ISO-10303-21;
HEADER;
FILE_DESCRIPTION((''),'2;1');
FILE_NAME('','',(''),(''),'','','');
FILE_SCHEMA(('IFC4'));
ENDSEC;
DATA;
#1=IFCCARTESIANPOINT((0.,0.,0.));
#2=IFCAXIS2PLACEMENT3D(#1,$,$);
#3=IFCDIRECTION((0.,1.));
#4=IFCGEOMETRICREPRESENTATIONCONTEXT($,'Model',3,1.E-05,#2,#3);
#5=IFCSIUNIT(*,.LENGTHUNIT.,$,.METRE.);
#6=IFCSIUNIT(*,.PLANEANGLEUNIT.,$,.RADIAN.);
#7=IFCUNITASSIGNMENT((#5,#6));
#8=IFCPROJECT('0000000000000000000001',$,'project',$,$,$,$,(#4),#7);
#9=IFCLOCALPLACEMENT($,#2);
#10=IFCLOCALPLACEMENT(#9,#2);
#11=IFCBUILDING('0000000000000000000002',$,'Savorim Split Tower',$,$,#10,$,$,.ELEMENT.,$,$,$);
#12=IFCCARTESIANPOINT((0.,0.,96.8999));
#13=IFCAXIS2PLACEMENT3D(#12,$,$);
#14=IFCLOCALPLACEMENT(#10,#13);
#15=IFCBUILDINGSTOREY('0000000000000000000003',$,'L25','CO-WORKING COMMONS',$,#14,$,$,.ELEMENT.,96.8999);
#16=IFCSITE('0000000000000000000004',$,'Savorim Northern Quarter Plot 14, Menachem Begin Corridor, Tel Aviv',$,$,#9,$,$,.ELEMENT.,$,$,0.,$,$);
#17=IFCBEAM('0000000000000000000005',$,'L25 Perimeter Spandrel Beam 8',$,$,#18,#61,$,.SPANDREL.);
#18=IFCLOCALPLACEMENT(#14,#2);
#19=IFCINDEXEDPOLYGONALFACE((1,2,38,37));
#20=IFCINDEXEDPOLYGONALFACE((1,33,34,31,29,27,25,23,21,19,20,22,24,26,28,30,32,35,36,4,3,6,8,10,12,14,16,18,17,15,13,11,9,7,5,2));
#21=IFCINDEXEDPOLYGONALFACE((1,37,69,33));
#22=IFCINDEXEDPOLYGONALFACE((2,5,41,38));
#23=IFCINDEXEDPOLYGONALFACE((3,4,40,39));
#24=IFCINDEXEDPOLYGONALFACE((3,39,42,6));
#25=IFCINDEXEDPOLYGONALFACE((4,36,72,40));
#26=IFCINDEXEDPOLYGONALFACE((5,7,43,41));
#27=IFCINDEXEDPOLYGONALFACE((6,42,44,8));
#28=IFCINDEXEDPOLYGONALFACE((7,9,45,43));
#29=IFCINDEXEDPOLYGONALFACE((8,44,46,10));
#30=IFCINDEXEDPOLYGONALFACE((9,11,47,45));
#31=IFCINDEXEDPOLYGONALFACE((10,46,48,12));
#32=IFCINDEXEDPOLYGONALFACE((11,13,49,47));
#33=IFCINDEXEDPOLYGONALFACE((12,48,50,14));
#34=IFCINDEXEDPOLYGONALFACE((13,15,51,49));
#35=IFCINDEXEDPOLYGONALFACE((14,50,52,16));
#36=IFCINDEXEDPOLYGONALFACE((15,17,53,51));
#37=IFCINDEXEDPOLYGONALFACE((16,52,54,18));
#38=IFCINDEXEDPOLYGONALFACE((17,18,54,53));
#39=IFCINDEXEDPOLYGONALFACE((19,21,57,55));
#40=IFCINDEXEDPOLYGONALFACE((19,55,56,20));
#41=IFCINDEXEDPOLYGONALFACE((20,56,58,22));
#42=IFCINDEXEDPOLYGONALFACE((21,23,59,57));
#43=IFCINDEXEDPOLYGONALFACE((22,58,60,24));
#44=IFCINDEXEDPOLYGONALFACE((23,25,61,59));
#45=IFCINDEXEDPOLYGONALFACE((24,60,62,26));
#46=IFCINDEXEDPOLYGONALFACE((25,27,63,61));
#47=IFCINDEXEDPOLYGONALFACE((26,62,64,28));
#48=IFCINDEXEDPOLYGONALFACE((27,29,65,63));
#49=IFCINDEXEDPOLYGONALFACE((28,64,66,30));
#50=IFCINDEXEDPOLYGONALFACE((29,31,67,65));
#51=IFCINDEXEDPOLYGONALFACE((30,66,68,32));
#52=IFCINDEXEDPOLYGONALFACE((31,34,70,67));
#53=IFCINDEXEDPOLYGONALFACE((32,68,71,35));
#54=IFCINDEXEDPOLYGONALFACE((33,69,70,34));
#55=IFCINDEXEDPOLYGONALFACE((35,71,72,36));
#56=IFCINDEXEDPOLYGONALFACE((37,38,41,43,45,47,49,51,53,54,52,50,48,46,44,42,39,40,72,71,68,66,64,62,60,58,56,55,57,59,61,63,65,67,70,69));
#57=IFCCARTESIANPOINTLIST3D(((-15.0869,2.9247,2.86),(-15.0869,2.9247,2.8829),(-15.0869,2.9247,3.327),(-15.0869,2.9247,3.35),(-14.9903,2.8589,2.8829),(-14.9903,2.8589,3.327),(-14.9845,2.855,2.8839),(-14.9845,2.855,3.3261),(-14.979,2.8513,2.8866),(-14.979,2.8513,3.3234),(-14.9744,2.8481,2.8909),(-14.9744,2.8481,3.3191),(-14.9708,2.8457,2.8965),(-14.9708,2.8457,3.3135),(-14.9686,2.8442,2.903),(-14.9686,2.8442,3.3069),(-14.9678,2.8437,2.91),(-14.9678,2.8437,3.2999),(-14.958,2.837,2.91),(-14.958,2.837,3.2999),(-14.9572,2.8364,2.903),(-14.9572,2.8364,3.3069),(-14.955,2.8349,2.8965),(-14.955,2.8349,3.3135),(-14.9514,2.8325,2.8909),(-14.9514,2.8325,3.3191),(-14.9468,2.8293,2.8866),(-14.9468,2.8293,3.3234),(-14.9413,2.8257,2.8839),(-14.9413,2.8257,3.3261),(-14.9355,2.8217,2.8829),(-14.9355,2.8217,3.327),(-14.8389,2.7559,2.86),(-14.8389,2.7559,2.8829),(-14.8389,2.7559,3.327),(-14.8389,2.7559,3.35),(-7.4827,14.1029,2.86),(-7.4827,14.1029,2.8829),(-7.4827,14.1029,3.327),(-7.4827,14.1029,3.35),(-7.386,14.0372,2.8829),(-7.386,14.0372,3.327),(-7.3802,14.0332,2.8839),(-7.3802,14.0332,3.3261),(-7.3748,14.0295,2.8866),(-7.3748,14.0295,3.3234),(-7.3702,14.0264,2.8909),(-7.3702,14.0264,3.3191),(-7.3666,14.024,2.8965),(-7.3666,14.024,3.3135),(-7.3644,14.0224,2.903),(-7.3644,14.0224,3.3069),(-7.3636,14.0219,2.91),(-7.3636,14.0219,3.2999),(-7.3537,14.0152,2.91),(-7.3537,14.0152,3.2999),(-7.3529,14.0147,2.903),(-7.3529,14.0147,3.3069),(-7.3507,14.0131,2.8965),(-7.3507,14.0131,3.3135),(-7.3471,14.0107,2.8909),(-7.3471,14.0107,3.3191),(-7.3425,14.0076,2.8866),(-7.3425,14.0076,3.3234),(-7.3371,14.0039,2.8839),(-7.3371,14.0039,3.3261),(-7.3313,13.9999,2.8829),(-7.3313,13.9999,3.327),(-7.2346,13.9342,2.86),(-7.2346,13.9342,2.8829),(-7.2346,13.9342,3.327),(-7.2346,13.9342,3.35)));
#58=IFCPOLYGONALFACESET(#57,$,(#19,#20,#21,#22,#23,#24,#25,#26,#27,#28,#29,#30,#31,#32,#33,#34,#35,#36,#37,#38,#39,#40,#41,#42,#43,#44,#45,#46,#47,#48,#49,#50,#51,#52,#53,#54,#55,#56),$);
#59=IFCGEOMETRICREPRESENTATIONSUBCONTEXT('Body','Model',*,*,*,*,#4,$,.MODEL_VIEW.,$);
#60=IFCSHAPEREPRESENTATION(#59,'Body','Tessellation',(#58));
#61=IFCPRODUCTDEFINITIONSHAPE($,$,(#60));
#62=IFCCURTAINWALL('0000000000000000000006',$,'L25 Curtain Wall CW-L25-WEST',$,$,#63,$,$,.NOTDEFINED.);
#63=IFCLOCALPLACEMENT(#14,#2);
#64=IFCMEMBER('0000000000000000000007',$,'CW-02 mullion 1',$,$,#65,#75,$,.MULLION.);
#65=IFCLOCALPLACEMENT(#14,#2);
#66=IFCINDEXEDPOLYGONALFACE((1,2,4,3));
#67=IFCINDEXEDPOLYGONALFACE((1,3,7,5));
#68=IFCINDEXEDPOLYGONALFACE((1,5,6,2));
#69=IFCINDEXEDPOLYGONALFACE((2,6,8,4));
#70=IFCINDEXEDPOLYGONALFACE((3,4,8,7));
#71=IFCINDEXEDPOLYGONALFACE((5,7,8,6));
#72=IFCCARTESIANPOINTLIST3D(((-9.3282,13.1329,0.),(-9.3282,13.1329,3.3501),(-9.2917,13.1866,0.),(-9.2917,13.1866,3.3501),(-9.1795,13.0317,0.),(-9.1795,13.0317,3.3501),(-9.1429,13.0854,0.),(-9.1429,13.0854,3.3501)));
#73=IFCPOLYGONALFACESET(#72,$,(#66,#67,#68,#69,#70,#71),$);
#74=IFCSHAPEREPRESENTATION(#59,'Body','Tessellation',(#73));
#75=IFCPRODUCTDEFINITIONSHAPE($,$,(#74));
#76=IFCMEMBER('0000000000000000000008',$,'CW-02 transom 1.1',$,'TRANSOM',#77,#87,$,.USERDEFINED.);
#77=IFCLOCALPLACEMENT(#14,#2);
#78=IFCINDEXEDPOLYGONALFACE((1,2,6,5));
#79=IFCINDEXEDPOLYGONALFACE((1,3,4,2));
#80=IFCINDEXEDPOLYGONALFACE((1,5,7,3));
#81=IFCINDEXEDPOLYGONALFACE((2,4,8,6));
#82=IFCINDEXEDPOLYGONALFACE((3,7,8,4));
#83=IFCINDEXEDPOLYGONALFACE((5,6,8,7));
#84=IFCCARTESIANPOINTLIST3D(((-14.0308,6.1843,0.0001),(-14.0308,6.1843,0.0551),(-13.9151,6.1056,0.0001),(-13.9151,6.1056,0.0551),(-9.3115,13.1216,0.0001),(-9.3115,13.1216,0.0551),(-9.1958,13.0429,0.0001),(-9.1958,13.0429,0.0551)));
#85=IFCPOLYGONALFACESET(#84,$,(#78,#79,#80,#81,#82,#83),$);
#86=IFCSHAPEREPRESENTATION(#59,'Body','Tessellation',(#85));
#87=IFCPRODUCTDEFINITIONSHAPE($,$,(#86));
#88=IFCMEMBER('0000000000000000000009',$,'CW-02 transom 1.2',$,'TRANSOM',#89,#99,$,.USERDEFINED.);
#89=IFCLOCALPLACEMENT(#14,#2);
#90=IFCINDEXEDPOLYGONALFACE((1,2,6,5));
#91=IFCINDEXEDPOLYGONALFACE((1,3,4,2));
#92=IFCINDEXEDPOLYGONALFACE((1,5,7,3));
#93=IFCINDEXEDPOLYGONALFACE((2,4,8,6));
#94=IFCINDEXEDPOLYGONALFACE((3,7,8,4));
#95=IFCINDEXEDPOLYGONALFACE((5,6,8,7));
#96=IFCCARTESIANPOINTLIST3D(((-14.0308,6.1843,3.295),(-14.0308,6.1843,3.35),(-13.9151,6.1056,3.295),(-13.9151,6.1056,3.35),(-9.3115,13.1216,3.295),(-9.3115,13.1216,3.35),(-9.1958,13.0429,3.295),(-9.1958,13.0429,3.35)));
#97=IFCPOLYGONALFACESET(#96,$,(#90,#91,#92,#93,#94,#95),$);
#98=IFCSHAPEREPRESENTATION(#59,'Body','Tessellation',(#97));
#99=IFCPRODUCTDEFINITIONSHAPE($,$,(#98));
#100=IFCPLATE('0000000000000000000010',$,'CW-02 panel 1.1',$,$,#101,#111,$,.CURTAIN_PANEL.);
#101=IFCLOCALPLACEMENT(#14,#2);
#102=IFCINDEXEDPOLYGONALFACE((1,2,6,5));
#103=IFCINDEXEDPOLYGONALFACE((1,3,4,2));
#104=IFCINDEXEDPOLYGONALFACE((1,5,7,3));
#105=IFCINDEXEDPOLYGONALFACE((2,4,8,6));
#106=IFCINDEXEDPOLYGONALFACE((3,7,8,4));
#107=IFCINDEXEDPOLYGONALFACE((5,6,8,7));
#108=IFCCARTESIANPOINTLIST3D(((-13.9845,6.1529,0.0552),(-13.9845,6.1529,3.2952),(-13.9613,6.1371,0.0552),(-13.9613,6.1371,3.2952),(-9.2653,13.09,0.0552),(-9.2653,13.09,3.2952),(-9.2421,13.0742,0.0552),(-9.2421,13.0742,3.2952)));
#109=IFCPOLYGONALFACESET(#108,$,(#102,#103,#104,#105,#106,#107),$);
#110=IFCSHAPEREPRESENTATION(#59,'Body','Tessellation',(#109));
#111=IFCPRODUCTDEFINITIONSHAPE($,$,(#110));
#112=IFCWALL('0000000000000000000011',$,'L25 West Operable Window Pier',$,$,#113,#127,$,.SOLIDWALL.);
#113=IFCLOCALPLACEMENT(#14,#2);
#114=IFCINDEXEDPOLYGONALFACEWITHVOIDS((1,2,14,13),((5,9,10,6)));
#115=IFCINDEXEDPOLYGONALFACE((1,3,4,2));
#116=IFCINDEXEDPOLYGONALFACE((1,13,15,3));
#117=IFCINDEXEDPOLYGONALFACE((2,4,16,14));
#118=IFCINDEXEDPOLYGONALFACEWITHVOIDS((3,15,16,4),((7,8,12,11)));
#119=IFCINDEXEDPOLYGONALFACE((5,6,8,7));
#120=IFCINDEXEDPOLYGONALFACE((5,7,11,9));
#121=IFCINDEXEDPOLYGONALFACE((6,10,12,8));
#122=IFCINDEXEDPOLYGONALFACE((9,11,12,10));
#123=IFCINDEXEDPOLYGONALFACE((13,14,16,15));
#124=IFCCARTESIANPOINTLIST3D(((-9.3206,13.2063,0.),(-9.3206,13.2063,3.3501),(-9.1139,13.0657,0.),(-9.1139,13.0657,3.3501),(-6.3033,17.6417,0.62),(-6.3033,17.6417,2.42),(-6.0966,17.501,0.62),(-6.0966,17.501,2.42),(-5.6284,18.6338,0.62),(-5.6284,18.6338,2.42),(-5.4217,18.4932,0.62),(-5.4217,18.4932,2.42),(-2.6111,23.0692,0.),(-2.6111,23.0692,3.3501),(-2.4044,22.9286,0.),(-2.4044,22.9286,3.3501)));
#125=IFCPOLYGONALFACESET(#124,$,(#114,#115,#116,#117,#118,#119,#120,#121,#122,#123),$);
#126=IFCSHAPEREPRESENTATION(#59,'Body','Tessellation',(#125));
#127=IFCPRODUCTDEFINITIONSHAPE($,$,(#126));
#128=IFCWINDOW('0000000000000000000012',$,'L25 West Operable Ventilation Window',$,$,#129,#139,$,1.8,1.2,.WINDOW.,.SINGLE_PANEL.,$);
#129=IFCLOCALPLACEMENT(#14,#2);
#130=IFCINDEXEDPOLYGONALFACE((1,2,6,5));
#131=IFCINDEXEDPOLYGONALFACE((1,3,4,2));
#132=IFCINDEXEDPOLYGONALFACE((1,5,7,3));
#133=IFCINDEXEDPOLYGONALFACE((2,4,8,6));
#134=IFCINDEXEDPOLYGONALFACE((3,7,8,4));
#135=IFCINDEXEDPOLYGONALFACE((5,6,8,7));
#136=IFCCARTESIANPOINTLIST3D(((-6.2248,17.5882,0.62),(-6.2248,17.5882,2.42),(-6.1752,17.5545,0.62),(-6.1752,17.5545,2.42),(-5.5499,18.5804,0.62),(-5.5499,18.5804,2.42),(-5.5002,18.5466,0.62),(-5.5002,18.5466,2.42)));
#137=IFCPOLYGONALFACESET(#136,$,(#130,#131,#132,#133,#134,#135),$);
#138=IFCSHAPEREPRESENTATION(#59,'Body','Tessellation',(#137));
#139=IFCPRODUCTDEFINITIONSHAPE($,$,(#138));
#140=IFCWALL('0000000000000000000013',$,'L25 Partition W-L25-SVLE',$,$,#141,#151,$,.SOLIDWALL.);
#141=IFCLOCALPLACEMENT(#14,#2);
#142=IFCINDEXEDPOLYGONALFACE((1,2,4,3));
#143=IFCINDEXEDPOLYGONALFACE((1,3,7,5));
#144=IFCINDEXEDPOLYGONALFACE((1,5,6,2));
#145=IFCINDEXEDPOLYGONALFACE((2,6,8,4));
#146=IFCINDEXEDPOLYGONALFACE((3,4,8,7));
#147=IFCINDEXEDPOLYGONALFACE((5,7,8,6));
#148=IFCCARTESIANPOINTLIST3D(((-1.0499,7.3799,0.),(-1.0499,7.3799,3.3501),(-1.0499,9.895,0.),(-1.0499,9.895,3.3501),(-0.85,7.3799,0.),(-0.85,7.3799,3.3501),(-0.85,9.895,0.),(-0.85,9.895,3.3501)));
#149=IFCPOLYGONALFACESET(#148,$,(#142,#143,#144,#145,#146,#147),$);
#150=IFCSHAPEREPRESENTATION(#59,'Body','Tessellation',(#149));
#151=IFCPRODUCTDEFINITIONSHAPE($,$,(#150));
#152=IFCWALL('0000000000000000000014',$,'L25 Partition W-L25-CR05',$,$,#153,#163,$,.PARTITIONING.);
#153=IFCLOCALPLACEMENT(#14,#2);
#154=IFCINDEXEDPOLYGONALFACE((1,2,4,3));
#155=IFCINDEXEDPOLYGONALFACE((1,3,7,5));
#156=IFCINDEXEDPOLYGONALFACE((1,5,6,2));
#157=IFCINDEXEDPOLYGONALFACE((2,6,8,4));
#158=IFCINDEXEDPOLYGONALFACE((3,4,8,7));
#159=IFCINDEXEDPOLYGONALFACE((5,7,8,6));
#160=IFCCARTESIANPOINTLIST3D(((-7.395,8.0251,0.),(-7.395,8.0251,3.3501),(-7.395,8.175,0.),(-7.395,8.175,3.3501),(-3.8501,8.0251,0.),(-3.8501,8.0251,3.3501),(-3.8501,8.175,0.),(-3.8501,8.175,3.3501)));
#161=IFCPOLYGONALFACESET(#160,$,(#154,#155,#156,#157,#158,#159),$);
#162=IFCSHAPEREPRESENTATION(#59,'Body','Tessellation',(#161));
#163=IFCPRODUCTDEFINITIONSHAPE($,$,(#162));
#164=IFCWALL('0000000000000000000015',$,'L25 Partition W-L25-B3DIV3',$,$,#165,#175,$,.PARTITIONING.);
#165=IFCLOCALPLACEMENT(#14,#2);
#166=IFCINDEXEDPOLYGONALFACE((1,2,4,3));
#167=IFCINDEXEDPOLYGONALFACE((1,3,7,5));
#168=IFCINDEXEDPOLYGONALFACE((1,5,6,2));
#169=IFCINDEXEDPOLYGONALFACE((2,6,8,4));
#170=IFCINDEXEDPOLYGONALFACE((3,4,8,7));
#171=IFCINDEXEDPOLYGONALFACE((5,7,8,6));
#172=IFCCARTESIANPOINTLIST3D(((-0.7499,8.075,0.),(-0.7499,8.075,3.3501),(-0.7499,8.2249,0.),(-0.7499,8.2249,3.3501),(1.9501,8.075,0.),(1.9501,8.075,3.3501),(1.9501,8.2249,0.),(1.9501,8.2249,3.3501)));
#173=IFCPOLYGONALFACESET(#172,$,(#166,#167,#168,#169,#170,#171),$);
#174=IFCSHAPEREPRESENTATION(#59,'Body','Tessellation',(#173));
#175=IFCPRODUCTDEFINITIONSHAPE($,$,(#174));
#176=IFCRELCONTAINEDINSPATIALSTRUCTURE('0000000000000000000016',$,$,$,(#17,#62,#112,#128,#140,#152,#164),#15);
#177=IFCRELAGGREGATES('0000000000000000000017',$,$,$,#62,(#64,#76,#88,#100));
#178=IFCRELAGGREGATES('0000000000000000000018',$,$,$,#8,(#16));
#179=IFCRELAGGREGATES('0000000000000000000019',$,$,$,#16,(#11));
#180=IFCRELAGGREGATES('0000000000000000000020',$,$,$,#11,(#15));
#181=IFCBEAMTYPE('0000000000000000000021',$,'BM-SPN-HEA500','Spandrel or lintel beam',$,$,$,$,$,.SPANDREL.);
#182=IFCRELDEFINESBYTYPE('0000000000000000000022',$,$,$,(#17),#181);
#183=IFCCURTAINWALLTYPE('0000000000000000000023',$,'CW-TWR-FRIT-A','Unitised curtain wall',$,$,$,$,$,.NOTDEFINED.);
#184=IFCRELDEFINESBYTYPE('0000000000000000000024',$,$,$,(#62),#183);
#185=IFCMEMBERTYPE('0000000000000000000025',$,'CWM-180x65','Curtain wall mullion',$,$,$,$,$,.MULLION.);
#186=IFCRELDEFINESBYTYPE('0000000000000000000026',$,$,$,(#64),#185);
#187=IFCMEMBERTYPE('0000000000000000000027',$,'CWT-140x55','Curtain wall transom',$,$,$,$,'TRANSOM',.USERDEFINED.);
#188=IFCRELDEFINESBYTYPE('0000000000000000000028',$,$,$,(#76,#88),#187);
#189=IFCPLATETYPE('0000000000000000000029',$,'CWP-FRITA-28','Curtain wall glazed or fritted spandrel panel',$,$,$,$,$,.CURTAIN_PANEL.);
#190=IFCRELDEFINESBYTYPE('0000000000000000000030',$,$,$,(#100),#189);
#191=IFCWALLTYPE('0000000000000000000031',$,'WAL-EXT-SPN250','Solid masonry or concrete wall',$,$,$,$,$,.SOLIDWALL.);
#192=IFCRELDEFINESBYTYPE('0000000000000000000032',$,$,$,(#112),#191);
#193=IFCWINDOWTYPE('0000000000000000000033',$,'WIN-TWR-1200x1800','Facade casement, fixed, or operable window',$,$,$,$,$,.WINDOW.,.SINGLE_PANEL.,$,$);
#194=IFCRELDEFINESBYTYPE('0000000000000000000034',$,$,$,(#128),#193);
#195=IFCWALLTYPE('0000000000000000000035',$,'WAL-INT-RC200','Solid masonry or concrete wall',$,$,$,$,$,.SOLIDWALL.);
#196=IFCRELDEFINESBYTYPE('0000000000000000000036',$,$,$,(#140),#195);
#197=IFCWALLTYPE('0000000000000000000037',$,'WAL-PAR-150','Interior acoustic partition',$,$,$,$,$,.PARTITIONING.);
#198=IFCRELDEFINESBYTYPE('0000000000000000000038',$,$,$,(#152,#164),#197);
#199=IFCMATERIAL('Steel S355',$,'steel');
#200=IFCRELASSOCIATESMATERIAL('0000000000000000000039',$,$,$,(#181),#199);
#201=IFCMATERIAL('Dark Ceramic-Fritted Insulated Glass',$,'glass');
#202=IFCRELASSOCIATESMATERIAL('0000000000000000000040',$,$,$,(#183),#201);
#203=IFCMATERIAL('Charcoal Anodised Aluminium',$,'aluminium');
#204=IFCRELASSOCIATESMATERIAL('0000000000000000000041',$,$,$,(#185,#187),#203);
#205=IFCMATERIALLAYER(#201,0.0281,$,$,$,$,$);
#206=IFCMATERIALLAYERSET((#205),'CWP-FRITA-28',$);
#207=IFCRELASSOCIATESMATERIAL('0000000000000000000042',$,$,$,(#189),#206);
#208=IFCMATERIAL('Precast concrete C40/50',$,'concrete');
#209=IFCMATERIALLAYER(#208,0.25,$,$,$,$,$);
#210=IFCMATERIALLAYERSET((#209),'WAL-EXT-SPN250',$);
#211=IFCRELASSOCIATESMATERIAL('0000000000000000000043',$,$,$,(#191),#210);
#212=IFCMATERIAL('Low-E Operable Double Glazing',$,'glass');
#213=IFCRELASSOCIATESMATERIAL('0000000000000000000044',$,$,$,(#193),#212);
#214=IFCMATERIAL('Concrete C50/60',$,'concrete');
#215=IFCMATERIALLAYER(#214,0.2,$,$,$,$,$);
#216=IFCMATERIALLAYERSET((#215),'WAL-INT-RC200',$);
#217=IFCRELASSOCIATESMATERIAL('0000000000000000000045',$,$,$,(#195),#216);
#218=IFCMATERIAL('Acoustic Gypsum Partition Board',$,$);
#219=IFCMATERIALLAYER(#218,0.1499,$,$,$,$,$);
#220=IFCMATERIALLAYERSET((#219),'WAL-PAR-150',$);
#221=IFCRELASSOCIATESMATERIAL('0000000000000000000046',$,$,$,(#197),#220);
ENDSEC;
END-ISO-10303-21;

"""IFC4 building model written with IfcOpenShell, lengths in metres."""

from ifc_helpers import new_model, si_unit, direction, frame, frame_2d, origin, origin_2d, place, context, subcontext, project, spatial, rectangle, i_section, extrude, material, layer, layer_set, material_profile, profile_set, type_object, element, fill, aggregate, save


model = new_model("IFC4")

# Units and contexts
model_context = context("Model", 3, precision=1e-05, world=origin(), true_north=direction((0.0, 1.0)))
body_context = subcontext(model_context, "Body", "Model", "MODEL_VIEW")
ifc_project = project(units=[si_unit("LENGTHUNIT", "METRE"), si_unit("PLANEANGLEUNIT", "RADIAN")], contexts=[model_context])

# Site, building, storey
site_placement = place(None, origin())
site = spatial("IfcSite", under=ifc_project, at=site_placement, Name="Savorim Northern Quarter Plot 14, Menachem Begin Corridor, Tel Aviv", CompositionType="ELEMENT", RefElevation=0.0)
building_placement = place(site_placement, origin())
building = spatial("IfcBuilding", under=site, at=building_placement, Name="Savorim Split Tower", CompositionType="ELEMENT")
storey_placement = place(building_placement, frame((0.0, 0.0, 96.8999)))
storey = spatial("IfcBuildingStorey", under=building, at=storey_placement, Name="L25", Description="CO-WORKING COMMONS", CompositionType="ELEMENT", Elevation=96.8999)

# Beam
ifc_material_1 = material(Name="Steel S355", Category="steel")
ifc_material_profile_1 = material_profile(ifc_material_1, i_section(OverallWidth=0.3, OverallDepth=0.49, WebThickness=0.012, FlangeThickness=0.0229, FilletRadius=0.0271, at=origin_2d()), Name="HEA 500")
ifc_profile_set_1 = profile_set([ifc_material_profile_1], Name="Steel S355")
beam_type_1 = type_object("IfcBeamType", Name="BM-SPN-HEA500", Description="Spandrel or lintel beam", PredefinedType="SPANDREL", material=ifc_profile_set_1)
beam_1_placement = place(storey_placement, frame((-7.3586, 14.0186, 3.105), z_axis=(-0.562465, -0.826821, 0.0), x_axis=(0.826821, -0.562465, 0.0)))
element("IfcBeam", 1, at=beam_1_placement, inside=storey, type_object=beam_type_1, Name="L25 Perimeter Spandrel Beam 8", PredefinedType="SPANDREL", context=body_context, shape_type="SweptSolid", body=[
    extrude(i_section(OverallWidth=0.3, OverallDepth=0.49, WebThickness=0.012, FlangeThickness=0.0229, FilletRadius=0.0271, at=origin_2d()), origin(), (0.0, 0.0, 1.0), 13.5195),
])

# Curtain wall, members, plate
ifc_material_2 = material(Name="Dark Ceramic-Fritted Insulated Glass", Category="glass")
curtain_wall_type = type_object("IfcCurtainWallType", Name="CW-TWR-FRIT-A", Description="Unitised curtain wall", PredefinedType="NOTDEFINED", material=ifc_material_2)
curtain_wall_placement = place(storey_placement, origin())
curtain_wall = element("IfcCurtainWall", 2, at=curtain_wall_placement, inside=storey, type_object=curtain_wall_type, Name="L25 Curtain Wall CW-L25-WEST", PredefinedType="NOTDEFINED")
ifc_material_3 = material(Name="Charcoal Anodised Aluminium", Category="aluminium")
ifc_material_profile_2 = material_profile(ifc_material_3, rectangle(XDim=0.1799, YDim=0.0649, at=origin_2d()), Name="ALU-M 180x65")
ifc_profile_set_2 = profile_set([ifc_material_profile_2], Name="Charcoal Anodised Aluminium")
member_type_1 = type_object("IfcMemberType", Name="CWM-180x65", Description="Curtain wall mullion", PredefinedType="MULLION", material=ifc_profile_set_2)
member_1_placement = place(storey_placement, frame((-9.2356, 13.1091, 0.0), z_axis=(0.0, 0.0, 1.0), x_axis=(0.826819, -0.562468, 0.0)))
member_1 = element("IfcMember", 3, at=member_1_placement, type_object=member_type_1, Name="CW-02 mullion 1", PredefinedType="MULLION", context=body_context, shape_type="SweptSolid", body=[
    extrude(rectangle(XDim=0.1799, YDim=0.0649, at=origin_2d()), origin(), (0.0, 0.0, 1.0), 3.3501),
])
ifc_material_profile_3 = material_profile(ifc_material_3, rectangle(XDim=0.1399, YDim=0.0549, at=origin_2d()), Name="ALU-T 140x55")
ifc_profile_set_3 = profile_set([ifc_material_profile_3], Name="Charcoal Anodised Aluminium")
member_type_2 = type_object("IfcMemberType", Name="CWT-140x55", Description="Curtain wall transom", ElementType="TRANSOM", PredefinedType="USERDEFINED", material=ifc_profile_set_3)
member_2_placement = place(storey_placement, frame((-9.2537, 13.0823, 0.0276), z_axis=(-0.562465, -0.826821, 0.0), x_axis=(0.826821, -0.562465, 0.0)))
member_2 = element("IfcMember", 4, at=member_2_placement, type_object=member_type_2, Name="CW-02 transom 1.1", ObjectType="TRANSOM", PredefinedType="USERDEFINED", context=body_context, shape_type="SweptSolid", body=[
    extrude(rectangle(XDim=0.1399, YDim=0.0549, at=origin_2d()), origin(), (0.0, 0.0, 1.0), 8.3904),
])
member_3_placement = place(storey_placement, frame((-9.2537, 13.0823, 3.3225), z_axis=(-0.562465, -0.826821, 0.0), x_axis=(0.826821, -0.562465, 0.0)))
member_3 = element("IfcMember", 5, at=member_3_placement, type_object=member_type_2, Name="CW-02 transom 1.2", ObjectType="TRANSOM", PredefinedType="USERDEFINED", context=body_context, shape_type="SweptSolid", body=[
    extrude(rectangle(XDim=0.1399, YDim=0.0549, at=origin_2d()), origin(), (0.0, 0.0, 1.0), 8.3904),
])
ifc_layer_1 = layer(ifc_material_2, 0.0281)
ifc_layer_set_1 = layer_set([ifc_layer_1], Name="CWP-FRITA-28")
plate_type = type_object("IfcPlateType", Name="CWP-FRITA-28", Description="Curtain wall glazed or fritted spandrel panel", PredefinedType="CURTAIN_PANEL", material=ifc_layer_set_1)
plate_placement = place(storey_placement, frame((-11.6133, 9.6135, 0.0552), z_axis=(0.0, 0.0, 1.0), x_axis=(-0.562468, -0.826819, 0.0)))
plate = element("IfcPlate", 6, at=plate_placement, type_object=plate_type, Name="CW-02 panel 1.1", PredefinedType="CURTAIN_PANEL", context=body_context, shape_type="SweptSolid", body=[
    extrude(rectangle(XDim=8.3901, YDim=0.0281, at=origin_2d()), origin(), (0.0, 0.0, 1.0), 3.24),
])
aggregate(curtain_wall, [member_1, member_2, member_3, plate])

# Shared definitions
ifc_material_4 = material(Name="Precast concrete C40/50", Category="concrete")

# Wall, opening, window
ifc_layer_2 = layer(ifc_material_4, 0.25)
ifc_layer_set_2 = layer_set([ifc_layer_2], Name="WAL-EXT-SPN250")
wall_type_1 = type_object("IfcWallType", Name="WAL-EXT-SPN250", Description="Solid masonry or concrete wall", PredefinedType="SOLIDWALL", material=ifc_layer_set_2)
wall_1_placement = place(storey_placement, frame((-9.2173, 13.136, 0.0), z_axis=(0.0, 0.0, 1.0), x_axis=(0.562469, 0.826818, 0.0)))
wall_1 = element("IfcWall", 7, at=wall_1_placement, inside=storey, type_object=wall_type_1, Name="L25 West Operable Window Pier", PredefinedType="SOLIDWALL", context=body_context, shape_type="SweptSolid", body=[
    extrude(rectangle(XDim=11.9287, YDim=0.25, at=frame_2d((5.9644, 0.0))), origin(), (0.0, 0.0, 1.0), 3.3501),
])
opening_1_placement = place(wall_1_placement, frame((5.3643, 0.0, 0.6201)))
opening_1 = element("IfcOpeningElement", 8, at=opening_1_placement, cuts=wall_1, PredefinedType="OPENING", context=body_context, shape_type="SweptSolid", body=[
    extrude(rectangle(XDim=1.2, YDim=1.8, at=frame_2d((0.6001, 0.8999))), frame((0.0, 0.135, 0.0), z_axis=(0.0, -1.0, 0.0), x_axis=(1.0, 0.0, 0.0)), (0.0, 0.0, 1.0), 0.27),
])
ifc_material_5 = material(Name="Low-E Operable Double Glazing", Category="glass")
window_type = type_object("IfcWindowType", Name="WIN-TWR-1200x1800", Description="Facade casement, fixed, or operable window", PartitioningType="SINGLE_PANEL", PredefinedType="WINDOW", material=ifc_material_5)
window_placement = place(opening_1_placement, origin())
window = element("IfcWindow", 9, at=window_placement, inside=storey, type_object=window_type, Name="L25 West Operable Ventilation Window", OverallHeight=1.8, OverallWidth=1.2, PartitioningType="SINGLE_PANEL", PredefinedType="WINDOW", context=body_context, shape_type="SweptSolid", body=[
    extrude(rectangle(XDim=1.2, YDim=1.8, at=frame_2d((0.6001, 0.8999))), frame((0.0, 0.03, 0.0), z_axis=(0.0, -1.0, 0.0), x_axis=(1.0, 0.0, 0.0)), (0.0, 0.0, 1.0), 0.0601),
])
fill(opening_1, window)

# Walls
ifc_material_6 = material(Name="Concrete C50/60", Category="concrete")
ifc_layer_3 = layer(ifc_material_6, 0.2)
ifc_layer_set_3 = layer_set([ifc_layer_3], Name="WAL-INT-RC200")
wall_type_2 = type_object("IfcWallType", Name="WAL-INT-RC200", Description="Solid masonry or concrete wall", PredefinedType="SOLIDWALL", material=ifc_layer_set_3)
wall_2_placement = place(storey_placement, frame((-0.95, 7.3799, 0.0), z_axis=(0.0, 0.0, 1.0), x_axis=(0.0, 1.0, 0.0)))
element("IfcWall", 10, at=wall_2_placement, inside=storey, type_object=wall_type_2, Name="L25 Partition W-L25-SVLE", PredefinedType="SOLIDWALL", context=body_context, shape_type="SweptSolid", body=[
    extrude(rectangle(XDim=2.5151, YDim=0.2, at=frame_2d((1.2576, 0.0))), origin(), (0.0, 0.0, 1.0), 3.3501),
])
ifc_material_7 = material(Name="Acoustic Gypsum Partition Board")
ifc_layer_4 = layer(ifc_material_7, 0.1499)
ifc_layer_set_4 = layer_set([ifc_layer_4], Name="WAL-PAR-150")
wall_type_3 = type_object("IfcWallType", Name="WAL-PAR-150", Description="Interior acoustic partition", PredefinedType="PARTITIONING", material=ifc_layer_set_4)
wall_3_placement = place(storey_placement, frame((-7.395, 8.1001, 0.0), z_axis=(0.0, 0.0, 1.0), x_axis=(1.0, 0.0, 0.0)))
element("IfcWall", 11, at=wall_3_placement, inside=storey, type_object=wall_type_3, Name="L25 Partition W-L25-CR05", PredefinedType="PARTITIONING", context=body_context, shape_type="SweptSolid", body=[
    extrude(rectangle(XDim=3.5449, YDim=0.1499, at=frame_2d((1.7725, 0.0))), origin(), (0.0, 0.0, 1.0), 3.3501),
])
wall_4_placement = place(storey_placement, frame((-0.75, 8.1499, 0.0), z_axis=(0.0, 0.0, 1.0), x_axis=(1.0, 0.0, 0.0)))
element("IfcWall", 12, at=wall_4_placement, inside=storey, type_object=wall_type_3, Name="L25 Partition W-L25-B3DIV3", PredefinedType="PARTITIONING", context=body_context, shape_type="SweptSolid", body=[
    extrude(rectangle(XDim=2.7, YDim=0.1499, at=frame_2d((1.3501, 0.0))), origin(), (0.0, 0.0, 1.0), 3.3501),
])

save(model, "model.ifc")
